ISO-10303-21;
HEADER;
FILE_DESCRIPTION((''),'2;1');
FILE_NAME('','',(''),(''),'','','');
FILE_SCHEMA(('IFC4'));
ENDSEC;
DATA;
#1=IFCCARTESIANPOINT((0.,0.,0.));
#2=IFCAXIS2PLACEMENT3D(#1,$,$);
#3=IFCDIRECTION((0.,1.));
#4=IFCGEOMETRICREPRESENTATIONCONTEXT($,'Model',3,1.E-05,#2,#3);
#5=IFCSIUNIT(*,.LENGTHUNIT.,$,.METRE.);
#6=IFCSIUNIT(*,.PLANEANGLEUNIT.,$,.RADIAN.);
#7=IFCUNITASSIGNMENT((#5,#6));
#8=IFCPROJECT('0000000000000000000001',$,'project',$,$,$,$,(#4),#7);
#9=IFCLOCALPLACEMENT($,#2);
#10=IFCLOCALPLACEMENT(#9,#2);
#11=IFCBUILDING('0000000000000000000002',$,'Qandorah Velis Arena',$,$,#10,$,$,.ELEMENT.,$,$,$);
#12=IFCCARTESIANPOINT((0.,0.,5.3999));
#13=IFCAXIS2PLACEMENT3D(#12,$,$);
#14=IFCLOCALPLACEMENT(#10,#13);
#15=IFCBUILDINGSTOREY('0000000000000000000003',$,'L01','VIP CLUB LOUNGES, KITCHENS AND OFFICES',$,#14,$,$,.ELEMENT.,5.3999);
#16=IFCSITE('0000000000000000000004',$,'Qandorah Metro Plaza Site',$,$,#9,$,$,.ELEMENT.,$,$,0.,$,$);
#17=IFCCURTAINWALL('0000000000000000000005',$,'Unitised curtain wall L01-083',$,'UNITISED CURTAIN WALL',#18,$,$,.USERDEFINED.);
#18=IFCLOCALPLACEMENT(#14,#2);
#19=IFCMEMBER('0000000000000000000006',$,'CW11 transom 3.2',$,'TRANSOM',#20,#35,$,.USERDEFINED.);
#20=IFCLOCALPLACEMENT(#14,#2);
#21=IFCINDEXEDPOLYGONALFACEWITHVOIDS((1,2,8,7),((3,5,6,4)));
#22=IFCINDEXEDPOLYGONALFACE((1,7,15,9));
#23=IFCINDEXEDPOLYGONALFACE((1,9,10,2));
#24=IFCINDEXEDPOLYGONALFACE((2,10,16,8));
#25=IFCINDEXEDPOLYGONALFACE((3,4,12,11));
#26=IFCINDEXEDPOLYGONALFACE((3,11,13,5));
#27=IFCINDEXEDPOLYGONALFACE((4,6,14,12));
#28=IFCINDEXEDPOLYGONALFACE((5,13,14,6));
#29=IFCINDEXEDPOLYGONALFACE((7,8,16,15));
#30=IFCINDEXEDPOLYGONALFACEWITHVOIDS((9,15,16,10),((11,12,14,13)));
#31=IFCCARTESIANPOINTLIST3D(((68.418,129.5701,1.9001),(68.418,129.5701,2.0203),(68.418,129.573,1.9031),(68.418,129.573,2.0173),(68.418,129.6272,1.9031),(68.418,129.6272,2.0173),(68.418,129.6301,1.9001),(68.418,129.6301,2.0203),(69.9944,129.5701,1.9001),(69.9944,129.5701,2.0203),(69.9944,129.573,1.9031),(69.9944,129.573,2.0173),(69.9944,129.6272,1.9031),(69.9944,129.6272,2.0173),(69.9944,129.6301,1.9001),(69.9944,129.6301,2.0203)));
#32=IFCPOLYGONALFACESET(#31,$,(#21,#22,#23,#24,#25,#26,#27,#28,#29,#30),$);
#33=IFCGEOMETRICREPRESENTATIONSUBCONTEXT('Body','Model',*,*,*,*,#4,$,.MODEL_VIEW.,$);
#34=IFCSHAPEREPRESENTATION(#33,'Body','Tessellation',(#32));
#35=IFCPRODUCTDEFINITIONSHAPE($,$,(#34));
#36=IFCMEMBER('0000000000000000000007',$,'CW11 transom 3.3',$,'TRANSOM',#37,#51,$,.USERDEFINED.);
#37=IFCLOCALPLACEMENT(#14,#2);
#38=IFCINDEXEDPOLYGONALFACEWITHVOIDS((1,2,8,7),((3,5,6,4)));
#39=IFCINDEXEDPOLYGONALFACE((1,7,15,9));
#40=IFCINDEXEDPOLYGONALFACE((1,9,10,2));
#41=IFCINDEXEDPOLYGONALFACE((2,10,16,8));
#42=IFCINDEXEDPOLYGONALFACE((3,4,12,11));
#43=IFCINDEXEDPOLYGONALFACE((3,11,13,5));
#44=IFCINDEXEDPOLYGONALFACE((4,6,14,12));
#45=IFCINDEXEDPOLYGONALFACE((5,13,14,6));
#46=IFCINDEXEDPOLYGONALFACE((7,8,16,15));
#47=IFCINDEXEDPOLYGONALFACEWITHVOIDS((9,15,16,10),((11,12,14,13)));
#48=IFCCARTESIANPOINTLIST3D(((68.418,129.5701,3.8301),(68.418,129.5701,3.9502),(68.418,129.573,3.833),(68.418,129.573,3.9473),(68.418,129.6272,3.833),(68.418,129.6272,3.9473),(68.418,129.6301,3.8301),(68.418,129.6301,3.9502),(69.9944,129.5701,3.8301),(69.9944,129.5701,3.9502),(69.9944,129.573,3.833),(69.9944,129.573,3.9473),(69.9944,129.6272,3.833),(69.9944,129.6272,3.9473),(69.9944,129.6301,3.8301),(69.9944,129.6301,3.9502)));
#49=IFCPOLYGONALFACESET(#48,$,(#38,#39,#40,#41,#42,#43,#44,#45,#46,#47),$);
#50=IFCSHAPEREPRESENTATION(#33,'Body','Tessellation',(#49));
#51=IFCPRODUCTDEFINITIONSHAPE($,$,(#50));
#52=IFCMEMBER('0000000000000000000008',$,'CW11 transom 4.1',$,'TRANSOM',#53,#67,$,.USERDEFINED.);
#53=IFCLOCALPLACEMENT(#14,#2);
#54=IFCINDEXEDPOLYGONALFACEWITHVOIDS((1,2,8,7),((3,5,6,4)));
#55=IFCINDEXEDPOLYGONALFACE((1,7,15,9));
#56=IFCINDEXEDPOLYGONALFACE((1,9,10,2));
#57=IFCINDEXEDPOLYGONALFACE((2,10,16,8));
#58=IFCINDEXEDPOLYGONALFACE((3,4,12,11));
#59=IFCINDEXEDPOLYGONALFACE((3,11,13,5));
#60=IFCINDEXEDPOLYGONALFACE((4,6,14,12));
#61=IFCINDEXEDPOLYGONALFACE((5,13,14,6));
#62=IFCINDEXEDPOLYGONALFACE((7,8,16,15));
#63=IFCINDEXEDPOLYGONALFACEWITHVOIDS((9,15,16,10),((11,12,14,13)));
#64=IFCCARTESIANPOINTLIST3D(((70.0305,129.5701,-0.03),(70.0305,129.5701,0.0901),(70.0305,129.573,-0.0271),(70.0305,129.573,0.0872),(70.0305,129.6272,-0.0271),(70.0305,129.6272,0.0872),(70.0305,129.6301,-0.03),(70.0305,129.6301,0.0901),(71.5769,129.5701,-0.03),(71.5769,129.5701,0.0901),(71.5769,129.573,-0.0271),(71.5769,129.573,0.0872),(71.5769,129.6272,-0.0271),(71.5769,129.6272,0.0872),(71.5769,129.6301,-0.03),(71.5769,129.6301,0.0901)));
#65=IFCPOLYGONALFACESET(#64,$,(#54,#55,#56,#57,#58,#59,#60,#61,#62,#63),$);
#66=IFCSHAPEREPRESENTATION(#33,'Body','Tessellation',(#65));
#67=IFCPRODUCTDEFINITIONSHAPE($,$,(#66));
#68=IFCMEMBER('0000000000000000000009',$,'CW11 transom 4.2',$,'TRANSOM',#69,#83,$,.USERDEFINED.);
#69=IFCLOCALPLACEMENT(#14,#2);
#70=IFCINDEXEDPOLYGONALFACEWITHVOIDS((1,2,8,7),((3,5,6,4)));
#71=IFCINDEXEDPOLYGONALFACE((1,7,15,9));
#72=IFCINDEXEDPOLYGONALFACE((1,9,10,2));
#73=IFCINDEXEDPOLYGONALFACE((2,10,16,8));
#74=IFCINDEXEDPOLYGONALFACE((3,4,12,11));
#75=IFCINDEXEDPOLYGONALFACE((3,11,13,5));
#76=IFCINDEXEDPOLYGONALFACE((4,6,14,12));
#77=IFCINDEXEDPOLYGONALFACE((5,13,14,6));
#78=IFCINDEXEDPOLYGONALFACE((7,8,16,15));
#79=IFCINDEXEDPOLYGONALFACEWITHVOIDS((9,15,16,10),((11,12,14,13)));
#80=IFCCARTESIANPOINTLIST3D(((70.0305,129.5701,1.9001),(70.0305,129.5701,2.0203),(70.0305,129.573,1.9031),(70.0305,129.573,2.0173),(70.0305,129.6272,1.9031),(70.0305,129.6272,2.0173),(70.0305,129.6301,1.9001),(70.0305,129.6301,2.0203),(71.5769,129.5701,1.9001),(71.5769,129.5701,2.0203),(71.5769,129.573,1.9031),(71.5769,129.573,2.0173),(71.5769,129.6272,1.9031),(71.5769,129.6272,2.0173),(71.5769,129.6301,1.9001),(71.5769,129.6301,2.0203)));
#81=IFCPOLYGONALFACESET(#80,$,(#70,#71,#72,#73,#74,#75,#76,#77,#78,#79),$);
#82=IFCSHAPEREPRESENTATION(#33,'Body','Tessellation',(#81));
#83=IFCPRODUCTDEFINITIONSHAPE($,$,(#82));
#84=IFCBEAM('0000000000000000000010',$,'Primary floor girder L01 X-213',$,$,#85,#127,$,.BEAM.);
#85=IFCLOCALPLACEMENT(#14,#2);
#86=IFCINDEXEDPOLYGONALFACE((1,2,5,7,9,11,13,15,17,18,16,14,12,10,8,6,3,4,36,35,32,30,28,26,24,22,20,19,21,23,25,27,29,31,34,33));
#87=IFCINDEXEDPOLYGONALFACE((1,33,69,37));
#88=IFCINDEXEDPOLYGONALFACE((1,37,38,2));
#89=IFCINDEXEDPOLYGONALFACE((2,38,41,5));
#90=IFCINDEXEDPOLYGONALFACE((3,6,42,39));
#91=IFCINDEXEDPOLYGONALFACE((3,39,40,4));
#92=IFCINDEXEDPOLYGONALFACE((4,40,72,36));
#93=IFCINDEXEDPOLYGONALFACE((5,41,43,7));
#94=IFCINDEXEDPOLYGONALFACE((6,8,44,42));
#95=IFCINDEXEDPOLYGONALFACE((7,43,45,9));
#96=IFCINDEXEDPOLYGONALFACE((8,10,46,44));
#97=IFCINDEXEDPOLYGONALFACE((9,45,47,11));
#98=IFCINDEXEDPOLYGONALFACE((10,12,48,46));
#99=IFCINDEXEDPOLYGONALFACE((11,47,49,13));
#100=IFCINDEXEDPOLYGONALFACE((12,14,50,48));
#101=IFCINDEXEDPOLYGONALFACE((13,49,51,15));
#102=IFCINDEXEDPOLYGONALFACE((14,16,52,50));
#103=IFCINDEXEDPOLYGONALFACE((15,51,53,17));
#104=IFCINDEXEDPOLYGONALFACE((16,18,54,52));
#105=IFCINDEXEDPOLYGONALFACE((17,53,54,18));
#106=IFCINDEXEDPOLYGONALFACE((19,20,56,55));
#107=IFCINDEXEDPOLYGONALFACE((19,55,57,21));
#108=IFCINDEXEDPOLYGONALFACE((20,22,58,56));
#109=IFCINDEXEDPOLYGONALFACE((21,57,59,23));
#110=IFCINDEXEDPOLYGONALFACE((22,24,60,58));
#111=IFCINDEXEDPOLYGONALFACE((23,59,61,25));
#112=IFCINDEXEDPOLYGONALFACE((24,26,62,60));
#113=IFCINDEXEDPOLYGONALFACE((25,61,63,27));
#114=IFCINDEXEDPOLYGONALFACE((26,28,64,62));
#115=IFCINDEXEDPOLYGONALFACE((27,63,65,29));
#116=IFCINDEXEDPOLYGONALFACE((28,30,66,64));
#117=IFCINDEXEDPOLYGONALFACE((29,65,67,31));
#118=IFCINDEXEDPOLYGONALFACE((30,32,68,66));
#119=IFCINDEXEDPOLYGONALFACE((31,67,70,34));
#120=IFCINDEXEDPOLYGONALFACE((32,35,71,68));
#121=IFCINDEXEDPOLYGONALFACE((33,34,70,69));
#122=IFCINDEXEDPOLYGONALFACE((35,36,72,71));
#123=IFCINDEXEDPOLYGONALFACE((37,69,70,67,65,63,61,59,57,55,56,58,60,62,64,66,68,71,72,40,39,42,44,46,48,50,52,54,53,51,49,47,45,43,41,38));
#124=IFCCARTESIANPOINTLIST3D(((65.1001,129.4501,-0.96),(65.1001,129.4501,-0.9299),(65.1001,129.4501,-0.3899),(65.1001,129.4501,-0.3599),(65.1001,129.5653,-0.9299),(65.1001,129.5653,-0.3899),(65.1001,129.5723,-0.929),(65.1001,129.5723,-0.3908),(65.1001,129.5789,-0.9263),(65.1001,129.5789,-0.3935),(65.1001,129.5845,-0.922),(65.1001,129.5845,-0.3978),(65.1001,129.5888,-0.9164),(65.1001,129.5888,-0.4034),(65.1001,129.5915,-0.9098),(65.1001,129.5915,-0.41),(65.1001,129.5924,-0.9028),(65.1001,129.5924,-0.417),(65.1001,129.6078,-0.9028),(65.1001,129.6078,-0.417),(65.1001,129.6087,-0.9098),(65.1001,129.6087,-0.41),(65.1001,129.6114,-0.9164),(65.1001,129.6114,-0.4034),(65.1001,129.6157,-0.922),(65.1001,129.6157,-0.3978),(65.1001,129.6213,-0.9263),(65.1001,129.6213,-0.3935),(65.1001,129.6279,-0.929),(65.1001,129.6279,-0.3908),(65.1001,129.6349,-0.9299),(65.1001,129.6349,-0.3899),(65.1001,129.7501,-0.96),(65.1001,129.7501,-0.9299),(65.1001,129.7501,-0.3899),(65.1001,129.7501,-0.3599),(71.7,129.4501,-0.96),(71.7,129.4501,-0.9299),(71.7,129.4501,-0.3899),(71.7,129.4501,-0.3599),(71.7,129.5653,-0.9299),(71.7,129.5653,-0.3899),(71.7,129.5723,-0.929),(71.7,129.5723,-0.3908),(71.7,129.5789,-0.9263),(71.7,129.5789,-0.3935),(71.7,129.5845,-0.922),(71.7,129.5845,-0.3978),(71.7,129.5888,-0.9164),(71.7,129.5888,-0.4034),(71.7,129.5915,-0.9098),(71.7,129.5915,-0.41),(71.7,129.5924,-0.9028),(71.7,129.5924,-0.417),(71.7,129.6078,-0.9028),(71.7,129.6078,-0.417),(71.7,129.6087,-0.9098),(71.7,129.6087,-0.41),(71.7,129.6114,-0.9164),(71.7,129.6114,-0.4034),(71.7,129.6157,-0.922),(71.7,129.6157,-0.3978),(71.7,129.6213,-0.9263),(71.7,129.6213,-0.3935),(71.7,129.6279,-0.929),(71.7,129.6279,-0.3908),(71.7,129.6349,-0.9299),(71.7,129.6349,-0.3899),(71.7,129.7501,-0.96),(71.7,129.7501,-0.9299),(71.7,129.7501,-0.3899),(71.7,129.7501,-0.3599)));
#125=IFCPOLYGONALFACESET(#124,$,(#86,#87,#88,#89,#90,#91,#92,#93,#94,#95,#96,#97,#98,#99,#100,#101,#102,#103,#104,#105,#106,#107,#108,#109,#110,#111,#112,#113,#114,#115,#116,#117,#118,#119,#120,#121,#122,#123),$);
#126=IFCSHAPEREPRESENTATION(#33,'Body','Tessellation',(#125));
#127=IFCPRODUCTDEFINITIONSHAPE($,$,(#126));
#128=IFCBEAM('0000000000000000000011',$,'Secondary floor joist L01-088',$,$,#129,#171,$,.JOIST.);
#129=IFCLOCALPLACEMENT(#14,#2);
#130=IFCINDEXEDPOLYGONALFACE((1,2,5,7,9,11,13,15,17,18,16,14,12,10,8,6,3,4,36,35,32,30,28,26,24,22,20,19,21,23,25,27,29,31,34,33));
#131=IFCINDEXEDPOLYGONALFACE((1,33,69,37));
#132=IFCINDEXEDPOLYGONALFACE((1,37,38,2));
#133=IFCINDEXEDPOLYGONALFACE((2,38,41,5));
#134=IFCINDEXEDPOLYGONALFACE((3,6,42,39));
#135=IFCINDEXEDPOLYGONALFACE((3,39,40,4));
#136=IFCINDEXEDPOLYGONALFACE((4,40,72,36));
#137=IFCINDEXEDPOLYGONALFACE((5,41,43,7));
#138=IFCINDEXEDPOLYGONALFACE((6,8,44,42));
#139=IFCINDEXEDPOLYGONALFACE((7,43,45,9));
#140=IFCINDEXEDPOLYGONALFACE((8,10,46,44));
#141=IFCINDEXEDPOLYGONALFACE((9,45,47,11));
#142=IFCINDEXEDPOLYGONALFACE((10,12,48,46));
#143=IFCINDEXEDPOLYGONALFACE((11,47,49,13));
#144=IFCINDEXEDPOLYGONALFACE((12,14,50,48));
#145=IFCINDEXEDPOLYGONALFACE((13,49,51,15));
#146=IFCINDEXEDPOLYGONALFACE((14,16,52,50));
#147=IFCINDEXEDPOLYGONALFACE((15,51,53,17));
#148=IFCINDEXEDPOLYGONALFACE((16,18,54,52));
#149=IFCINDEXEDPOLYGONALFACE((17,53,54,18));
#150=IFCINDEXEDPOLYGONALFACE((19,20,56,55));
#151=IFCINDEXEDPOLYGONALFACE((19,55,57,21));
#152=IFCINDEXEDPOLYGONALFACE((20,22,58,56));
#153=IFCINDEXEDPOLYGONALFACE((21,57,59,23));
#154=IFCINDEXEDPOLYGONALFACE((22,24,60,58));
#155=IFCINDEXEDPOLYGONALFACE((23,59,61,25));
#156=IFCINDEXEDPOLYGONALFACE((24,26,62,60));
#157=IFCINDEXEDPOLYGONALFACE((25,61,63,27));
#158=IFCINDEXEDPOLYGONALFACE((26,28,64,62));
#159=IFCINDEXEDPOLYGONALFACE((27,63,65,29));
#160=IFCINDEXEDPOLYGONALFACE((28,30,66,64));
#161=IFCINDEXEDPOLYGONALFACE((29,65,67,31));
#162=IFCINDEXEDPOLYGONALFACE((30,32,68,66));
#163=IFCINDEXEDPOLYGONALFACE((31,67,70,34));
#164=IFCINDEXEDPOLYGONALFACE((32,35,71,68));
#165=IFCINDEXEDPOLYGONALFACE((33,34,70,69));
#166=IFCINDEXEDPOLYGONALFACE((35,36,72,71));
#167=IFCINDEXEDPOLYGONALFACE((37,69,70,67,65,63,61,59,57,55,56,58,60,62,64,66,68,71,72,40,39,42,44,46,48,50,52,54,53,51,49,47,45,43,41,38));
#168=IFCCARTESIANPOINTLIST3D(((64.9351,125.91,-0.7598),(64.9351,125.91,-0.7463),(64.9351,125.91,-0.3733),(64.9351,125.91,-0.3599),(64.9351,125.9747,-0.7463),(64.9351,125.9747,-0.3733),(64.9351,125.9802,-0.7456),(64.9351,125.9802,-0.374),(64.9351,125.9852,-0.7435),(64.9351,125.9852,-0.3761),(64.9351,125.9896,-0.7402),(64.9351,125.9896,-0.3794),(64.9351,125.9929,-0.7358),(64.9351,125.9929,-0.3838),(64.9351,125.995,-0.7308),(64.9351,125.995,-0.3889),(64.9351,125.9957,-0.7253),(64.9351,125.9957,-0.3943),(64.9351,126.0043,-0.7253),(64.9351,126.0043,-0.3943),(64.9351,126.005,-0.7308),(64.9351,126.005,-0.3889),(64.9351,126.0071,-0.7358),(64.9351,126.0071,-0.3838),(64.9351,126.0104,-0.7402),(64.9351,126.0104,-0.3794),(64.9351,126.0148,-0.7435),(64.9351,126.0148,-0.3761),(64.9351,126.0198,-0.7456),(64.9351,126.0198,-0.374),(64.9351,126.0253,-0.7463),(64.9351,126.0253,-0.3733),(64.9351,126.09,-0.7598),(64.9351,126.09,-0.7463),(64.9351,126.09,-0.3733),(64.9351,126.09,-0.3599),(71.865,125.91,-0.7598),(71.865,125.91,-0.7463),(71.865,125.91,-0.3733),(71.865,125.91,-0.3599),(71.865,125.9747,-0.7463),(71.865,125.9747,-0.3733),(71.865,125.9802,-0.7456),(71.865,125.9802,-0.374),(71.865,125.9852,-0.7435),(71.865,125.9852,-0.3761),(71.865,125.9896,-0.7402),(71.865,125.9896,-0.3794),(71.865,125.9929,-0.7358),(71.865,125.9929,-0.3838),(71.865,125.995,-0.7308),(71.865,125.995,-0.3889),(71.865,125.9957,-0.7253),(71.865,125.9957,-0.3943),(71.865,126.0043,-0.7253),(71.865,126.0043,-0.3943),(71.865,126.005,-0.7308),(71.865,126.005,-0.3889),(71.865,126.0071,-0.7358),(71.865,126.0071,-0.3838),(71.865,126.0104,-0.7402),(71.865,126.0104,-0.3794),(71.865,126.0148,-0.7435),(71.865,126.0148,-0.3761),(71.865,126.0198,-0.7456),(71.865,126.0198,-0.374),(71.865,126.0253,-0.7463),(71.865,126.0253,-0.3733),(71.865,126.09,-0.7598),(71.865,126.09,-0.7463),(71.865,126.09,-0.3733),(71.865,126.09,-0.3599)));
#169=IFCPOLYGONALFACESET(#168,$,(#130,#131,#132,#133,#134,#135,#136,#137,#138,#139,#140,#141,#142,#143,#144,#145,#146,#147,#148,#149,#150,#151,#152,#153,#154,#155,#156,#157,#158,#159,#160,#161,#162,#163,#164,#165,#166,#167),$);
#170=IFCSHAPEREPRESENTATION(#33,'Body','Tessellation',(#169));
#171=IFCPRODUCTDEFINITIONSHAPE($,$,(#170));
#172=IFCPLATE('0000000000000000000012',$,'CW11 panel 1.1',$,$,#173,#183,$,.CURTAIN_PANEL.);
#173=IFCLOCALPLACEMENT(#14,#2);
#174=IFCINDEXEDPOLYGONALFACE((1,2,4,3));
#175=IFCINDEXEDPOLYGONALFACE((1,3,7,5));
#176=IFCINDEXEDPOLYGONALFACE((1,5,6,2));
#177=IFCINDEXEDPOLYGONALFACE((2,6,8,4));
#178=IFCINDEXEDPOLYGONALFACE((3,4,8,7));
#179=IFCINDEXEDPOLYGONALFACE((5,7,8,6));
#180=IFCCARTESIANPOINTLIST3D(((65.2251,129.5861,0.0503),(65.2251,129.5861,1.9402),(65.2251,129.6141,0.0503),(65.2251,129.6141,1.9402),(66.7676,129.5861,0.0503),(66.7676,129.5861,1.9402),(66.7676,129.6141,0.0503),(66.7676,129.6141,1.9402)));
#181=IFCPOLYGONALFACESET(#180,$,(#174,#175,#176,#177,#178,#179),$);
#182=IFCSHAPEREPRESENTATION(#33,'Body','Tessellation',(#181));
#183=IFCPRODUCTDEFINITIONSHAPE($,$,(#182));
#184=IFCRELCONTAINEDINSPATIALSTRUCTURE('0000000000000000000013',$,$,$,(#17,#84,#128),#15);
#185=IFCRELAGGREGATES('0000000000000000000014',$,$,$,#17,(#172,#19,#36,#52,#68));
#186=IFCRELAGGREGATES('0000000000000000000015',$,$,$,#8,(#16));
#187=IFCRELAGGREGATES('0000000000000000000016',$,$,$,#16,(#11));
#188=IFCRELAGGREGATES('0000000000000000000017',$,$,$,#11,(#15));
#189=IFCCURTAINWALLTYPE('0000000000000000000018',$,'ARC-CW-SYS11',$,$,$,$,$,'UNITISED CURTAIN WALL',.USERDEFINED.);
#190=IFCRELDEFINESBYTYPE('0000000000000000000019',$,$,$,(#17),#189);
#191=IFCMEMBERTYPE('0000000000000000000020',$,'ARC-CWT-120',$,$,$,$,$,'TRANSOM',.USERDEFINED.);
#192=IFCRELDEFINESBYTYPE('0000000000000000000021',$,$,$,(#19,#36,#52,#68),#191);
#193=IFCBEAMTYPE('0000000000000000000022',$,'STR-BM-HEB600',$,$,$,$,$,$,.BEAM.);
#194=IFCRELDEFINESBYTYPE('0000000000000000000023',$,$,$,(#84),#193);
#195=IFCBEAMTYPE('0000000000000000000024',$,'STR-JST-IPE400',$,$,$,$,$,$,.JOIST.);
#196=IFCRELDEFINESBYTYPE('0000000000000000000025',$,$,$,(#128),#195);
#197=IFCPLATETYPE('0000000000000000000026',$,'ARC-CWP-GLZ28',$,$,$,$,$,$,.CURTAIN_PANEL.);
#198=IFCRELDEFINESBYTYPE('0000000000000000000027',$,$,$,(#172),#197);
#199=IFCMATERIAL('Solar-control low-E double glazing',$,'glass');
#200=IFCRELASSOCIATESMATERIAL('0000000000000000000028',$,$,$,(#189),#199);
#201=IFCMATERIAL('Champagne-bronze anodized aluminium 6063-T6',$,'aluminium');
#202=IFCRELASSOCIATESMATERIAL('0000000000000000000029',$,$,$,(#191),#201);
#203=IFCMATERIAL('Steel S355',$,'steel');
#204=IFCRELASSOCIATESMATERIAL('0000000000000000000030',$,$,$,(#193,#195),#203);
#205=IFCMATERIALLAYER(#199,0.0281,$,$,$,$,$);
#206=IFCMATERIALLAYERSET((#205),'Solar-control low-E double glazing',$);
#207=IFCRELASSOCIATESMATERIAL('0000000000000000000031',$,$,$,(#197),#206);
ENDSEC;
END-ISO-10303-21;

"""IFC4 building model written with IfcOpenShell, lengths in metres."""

from ifc_helpers import new_model, si_unit, direction, frame, origin, origin_2d, place, context, subcontext, project, spatial, rectangle, hollow_rectangle, i_section, extrude, material, layer, layer_set, material_profile, profile_set, type_object, element, aggregate, save


model = new_model("IFC4")

# Units and contexts
model_context = context("Model", 3, precision=1e-05, world=origin(), true_north=direction((0.0, 1.0)))
body_context = subcontext(model_context, "Body", "Model", "MODEL_VIEW")
ifc_project = project(units=[si_unit("LENGTHUNIT", "METRE"), si_unit("PLANEANGLEUNIT", "RADIAN")], contexts=[model_context])

# Site, building, storey
site_placement = place(None, origin())
site = spatial("IfcSite", under=ifc_project, at=site_placement, Name="Qandorah Metro Plaza Site", CompositionType="ELEMENT", RefElevation=0.0)
building_placement = place(site_placement, origin())
building = spatial("IfcBuilding", under=site, at=building_placement, Name="Qandorah Velis Arena", CompositionType="ELEMENT")
storey_placement = place(building_placement, frame((0.0, 0.0, 5.3999)))
storey = spatial("IfcBuildingStorey", under=building, at=storey_placement, Name="L01", Description="VIP CLUB LOUNGES, KITCHENS AND OFFICES", CompositionType="ELEMENT", Elevation=5.3999)

# Curtain wall, members
ifc_material_1 = material(Name="Solar-control low-E double glazing", Category="glass")
curtain_wall_type = type_object("IfcCurtainWallType", Name="ARC-CW-SYS11", ElementType="UNITISED CURTAIN WALL", PredefinedType="USERDEFINED", material=ifc_material_1)
curtain_wall_placement = place(storey_placement, origin())
curtain_wall = element("IfcCurtainWall", 1, at=curtain_wall_placement, inside=storey, type_object=curtain_wall_type, Name="Unitised curtain wall L01-083", ObjectType="UNITISED CURTAIN WALL", PredefinedType="USERDEFINED")
ifc_material_2 = material(Name="Champagne-bronze anodized aluminium 6063-T6", Category="aluminium")
ifc_material_profile_1 = material_profile(ifc_material_2, hollow_rectangle(XDim=0.0601, YDim=0.1201, WallThickness=0.0029, at=origin_2d()), Name="ALU TRANSOM 60x120")
ifc_profile_set_1 = profile_set([ifc_material_profile_1], Name="Champagne-bronze anodized aluminium 6063-T6")
member_type_1 = type_object("IfcMemberType", Name="ARC-CWT-120", ElementType="TRANSOM", PredefinedType="USERDEFINED", material=ifc_profile_set_1)
member_1_placement = place(storey_placement, frame((68.418, 129.6001, 1.9602), z_axis=(1.0, 0.0, 0.0), x_axis=(0.0, 1.0, 0.0)))
member_1 = element("IfcMember", 2, at=member_1_placement, type_object=member_type_1, Name="CW11 transom 3.2", ObjectType="TRANSOM", PredefinedType="USERDEFINED", context=body_context, shape_type="SweptSolid", body=[
    extrude(hollow_rectangle(XDim=0.0601, YDim=0.1201, WallThickness=0.0029, at=origin_2d()), origin(), (0.0, 0.0, 1.0), 1.5764),
])
member_2_placement = place(storey_placement, frame((68.418, 129.6001, 3.8901), z_axis=(1.0, 0.0, 0.0), x_axis=(0.0, 1.0, 0.0)))
member_2 = element("IfcMember", 3, at=member_2_placement, type_object=member_type_1, Name="CW11 transom 3.3", ObjectType="TRANSOM", PredefinedType="USERDEFINED", context=body_context, shape_type="SweptSolid", body=[
    extrude(hollow_rectangle(XDim=0.0601, YDim=0.1201, WallThickness=0.0029, at=origin_2d()), origin(), (0.0, 0.0, 1.0), 1.5764),
])
member_3_placement = place(storey_placement, frame((70.0305, 129.6001, 0.03), z_axis=(1.0, 0.0, 0.0), x_axis=(0.0, 1.0, 0.0)))
member_3 = element("IfcMember", 4, at=member_3_placement, type_object=member_type_1, Name="CW11 transom 4.1", ObjectType="TRANSOM", PredefinedType="USERDEFINED", context=body_context, shape_type="SweptSolid", body=[
    extrude(hollow_rectangle(XDim=0.0601, YDim=0.1201, WallThickness=0.0029, at=origin_2d()), origin(), (0.0, 0.0, 1.0), 1.5464),
])
member_4_placement = place(storey_placement, frame((70.0305, 129.6001, 1.9602), z_axis=(1.0, 0.0, 0.0), x_axis=(0.0, 1.0, 0.0)))
member_4 = element("IfcMember", 5, at=member_4_placement, type_object=member_type_1, Name="CW11 transom 4.2", ObjectType="TRANSOM", PredefinedType="USERDEFINED", context=body_context, shape_type="SweptSolid", body=[
    extrude(hollow_rectangle(XDim=0.0601, YDim=0.1201, WallThickness=0.0029, at=origin_2d()), origin(), (0.0, 0.0, 1.0), 1.5464),
])

# Beams
ifc_material_3 = material(Name="Steel S355", Category="steel")
ifc_material_profile_2 = material_profile(ifc_material_3, i_section(OverallWidth=0.3, OverallDepth=0.6001, WebThickness=0.0154, FlangeThickness=0.03, FilletRadius=0.0271, at=origin_2d()), Name="HEB 600")
ifc_profile_set_2 = profile_set([ifc_material_profile_2], Name="Steel S355")
beam_type_1 = type_object("IfcBeamType", Name="STR-BM-HEB600", PredefinedType="BEAM", material=ifc_profile_set_2)
beam_1_placement = place(storey_placement, frame((65.1001, 129.6001, -0.6599), z_axis=(1.0, 0.0, 0.0), x_axis=(0.0, 1.0, 0.0)))
element("IfcBeam", 6, at=beam_1_placement, inside=storey, type_object=beam_type_1, Name="Primary floor girder L01 X-213", PredefinedType="BEAM", context=body_context, shape_type="SweptSolid", body=[
    extrude(i_section(OverallWidth=0.3, OverallDepth=0.6001, WebThickness=0.0154, FlangeThickness=0.03, FilletRadius=0.0271, at=origin_2d()), origin(), (0.0, 0.0, 1.0), 6.5999),
])
ifc_material_profile_3 = material_profile(ifc_material_3, i_section(OverallWidth=0.1799, OverallDepth=0.3999, WebThickness=0.0085, FlangeThickness=0.0134, FilletRadius=0.021, at=origin_2d()), Name="IPE 400")
ifc_profile_set_3 = profile_set([ifc_material_profile_3], Name="Steel S355")
beam_type_2 = type_object("IfcBeamType", Name="STR-JST-IPE400", PredefinedType="JOIST", material=ifc_profile_set_3)
beam_2_placement = place(storey_placement, frame((64.9351, 126.0, -0.5598), z_axis=(1.0, 0.0, 0.0), x_axis=(0.0, 1.0, 0.0)))
element("IfcBeam", 7, at=beam_2_placement, inside=storey, type_object=beam_type_2, Name="Secondary floor joist L01-088", PredefinedType="JOIST", context=body_context, shape_type="SweptSolid", body=[
    extrude(i_section(OverallWidth=0.1799, OverallDepth=0.3999, WebThickness=0.0085, FlangeThickness=0.0134, FilletRadius=0.021, at=origin_2d()), origin(), (0.0, 0.0, 1.0), 6.9299),
])

# Plate
ifc_layer = layer(ifc_material_1, 0.0281)
ifc_layer_set = layer_set([ifc_layer], Name="Solar-control low-E double glazing")
plate_type = type_object("IfcPlateType", Name="ARC-CWP-GLZ28", PredefinedType="CURTAIN_PANEL", material=ifc_layer_set)
plate_1_placement = place(storey_placement, frame((65.9963, 129.6001, 0.0503), z_axis=(0.0, 0.0, 1.0), x_axis=(1.0, 0.0, 0.0)))
plate_1 = element("IfcPlate", 8, at=plate_1_placement, type_object=plate_type, Name="CW11 panel 1.1", PredefinedType="CURTAIN_PANEL", context=body_context, shape_type="SweptSolid", body=[
    extrude(rectangle(XDim=1.5425, YDim=0.0281, at=origin_2d()), origin(), (0.0, 0.0, 1.0), 1.8899),
])
aggregate(curtain_wall, [plate_1, member_1, member_2, member_3, member_4])

save(model, "model.ifc")
